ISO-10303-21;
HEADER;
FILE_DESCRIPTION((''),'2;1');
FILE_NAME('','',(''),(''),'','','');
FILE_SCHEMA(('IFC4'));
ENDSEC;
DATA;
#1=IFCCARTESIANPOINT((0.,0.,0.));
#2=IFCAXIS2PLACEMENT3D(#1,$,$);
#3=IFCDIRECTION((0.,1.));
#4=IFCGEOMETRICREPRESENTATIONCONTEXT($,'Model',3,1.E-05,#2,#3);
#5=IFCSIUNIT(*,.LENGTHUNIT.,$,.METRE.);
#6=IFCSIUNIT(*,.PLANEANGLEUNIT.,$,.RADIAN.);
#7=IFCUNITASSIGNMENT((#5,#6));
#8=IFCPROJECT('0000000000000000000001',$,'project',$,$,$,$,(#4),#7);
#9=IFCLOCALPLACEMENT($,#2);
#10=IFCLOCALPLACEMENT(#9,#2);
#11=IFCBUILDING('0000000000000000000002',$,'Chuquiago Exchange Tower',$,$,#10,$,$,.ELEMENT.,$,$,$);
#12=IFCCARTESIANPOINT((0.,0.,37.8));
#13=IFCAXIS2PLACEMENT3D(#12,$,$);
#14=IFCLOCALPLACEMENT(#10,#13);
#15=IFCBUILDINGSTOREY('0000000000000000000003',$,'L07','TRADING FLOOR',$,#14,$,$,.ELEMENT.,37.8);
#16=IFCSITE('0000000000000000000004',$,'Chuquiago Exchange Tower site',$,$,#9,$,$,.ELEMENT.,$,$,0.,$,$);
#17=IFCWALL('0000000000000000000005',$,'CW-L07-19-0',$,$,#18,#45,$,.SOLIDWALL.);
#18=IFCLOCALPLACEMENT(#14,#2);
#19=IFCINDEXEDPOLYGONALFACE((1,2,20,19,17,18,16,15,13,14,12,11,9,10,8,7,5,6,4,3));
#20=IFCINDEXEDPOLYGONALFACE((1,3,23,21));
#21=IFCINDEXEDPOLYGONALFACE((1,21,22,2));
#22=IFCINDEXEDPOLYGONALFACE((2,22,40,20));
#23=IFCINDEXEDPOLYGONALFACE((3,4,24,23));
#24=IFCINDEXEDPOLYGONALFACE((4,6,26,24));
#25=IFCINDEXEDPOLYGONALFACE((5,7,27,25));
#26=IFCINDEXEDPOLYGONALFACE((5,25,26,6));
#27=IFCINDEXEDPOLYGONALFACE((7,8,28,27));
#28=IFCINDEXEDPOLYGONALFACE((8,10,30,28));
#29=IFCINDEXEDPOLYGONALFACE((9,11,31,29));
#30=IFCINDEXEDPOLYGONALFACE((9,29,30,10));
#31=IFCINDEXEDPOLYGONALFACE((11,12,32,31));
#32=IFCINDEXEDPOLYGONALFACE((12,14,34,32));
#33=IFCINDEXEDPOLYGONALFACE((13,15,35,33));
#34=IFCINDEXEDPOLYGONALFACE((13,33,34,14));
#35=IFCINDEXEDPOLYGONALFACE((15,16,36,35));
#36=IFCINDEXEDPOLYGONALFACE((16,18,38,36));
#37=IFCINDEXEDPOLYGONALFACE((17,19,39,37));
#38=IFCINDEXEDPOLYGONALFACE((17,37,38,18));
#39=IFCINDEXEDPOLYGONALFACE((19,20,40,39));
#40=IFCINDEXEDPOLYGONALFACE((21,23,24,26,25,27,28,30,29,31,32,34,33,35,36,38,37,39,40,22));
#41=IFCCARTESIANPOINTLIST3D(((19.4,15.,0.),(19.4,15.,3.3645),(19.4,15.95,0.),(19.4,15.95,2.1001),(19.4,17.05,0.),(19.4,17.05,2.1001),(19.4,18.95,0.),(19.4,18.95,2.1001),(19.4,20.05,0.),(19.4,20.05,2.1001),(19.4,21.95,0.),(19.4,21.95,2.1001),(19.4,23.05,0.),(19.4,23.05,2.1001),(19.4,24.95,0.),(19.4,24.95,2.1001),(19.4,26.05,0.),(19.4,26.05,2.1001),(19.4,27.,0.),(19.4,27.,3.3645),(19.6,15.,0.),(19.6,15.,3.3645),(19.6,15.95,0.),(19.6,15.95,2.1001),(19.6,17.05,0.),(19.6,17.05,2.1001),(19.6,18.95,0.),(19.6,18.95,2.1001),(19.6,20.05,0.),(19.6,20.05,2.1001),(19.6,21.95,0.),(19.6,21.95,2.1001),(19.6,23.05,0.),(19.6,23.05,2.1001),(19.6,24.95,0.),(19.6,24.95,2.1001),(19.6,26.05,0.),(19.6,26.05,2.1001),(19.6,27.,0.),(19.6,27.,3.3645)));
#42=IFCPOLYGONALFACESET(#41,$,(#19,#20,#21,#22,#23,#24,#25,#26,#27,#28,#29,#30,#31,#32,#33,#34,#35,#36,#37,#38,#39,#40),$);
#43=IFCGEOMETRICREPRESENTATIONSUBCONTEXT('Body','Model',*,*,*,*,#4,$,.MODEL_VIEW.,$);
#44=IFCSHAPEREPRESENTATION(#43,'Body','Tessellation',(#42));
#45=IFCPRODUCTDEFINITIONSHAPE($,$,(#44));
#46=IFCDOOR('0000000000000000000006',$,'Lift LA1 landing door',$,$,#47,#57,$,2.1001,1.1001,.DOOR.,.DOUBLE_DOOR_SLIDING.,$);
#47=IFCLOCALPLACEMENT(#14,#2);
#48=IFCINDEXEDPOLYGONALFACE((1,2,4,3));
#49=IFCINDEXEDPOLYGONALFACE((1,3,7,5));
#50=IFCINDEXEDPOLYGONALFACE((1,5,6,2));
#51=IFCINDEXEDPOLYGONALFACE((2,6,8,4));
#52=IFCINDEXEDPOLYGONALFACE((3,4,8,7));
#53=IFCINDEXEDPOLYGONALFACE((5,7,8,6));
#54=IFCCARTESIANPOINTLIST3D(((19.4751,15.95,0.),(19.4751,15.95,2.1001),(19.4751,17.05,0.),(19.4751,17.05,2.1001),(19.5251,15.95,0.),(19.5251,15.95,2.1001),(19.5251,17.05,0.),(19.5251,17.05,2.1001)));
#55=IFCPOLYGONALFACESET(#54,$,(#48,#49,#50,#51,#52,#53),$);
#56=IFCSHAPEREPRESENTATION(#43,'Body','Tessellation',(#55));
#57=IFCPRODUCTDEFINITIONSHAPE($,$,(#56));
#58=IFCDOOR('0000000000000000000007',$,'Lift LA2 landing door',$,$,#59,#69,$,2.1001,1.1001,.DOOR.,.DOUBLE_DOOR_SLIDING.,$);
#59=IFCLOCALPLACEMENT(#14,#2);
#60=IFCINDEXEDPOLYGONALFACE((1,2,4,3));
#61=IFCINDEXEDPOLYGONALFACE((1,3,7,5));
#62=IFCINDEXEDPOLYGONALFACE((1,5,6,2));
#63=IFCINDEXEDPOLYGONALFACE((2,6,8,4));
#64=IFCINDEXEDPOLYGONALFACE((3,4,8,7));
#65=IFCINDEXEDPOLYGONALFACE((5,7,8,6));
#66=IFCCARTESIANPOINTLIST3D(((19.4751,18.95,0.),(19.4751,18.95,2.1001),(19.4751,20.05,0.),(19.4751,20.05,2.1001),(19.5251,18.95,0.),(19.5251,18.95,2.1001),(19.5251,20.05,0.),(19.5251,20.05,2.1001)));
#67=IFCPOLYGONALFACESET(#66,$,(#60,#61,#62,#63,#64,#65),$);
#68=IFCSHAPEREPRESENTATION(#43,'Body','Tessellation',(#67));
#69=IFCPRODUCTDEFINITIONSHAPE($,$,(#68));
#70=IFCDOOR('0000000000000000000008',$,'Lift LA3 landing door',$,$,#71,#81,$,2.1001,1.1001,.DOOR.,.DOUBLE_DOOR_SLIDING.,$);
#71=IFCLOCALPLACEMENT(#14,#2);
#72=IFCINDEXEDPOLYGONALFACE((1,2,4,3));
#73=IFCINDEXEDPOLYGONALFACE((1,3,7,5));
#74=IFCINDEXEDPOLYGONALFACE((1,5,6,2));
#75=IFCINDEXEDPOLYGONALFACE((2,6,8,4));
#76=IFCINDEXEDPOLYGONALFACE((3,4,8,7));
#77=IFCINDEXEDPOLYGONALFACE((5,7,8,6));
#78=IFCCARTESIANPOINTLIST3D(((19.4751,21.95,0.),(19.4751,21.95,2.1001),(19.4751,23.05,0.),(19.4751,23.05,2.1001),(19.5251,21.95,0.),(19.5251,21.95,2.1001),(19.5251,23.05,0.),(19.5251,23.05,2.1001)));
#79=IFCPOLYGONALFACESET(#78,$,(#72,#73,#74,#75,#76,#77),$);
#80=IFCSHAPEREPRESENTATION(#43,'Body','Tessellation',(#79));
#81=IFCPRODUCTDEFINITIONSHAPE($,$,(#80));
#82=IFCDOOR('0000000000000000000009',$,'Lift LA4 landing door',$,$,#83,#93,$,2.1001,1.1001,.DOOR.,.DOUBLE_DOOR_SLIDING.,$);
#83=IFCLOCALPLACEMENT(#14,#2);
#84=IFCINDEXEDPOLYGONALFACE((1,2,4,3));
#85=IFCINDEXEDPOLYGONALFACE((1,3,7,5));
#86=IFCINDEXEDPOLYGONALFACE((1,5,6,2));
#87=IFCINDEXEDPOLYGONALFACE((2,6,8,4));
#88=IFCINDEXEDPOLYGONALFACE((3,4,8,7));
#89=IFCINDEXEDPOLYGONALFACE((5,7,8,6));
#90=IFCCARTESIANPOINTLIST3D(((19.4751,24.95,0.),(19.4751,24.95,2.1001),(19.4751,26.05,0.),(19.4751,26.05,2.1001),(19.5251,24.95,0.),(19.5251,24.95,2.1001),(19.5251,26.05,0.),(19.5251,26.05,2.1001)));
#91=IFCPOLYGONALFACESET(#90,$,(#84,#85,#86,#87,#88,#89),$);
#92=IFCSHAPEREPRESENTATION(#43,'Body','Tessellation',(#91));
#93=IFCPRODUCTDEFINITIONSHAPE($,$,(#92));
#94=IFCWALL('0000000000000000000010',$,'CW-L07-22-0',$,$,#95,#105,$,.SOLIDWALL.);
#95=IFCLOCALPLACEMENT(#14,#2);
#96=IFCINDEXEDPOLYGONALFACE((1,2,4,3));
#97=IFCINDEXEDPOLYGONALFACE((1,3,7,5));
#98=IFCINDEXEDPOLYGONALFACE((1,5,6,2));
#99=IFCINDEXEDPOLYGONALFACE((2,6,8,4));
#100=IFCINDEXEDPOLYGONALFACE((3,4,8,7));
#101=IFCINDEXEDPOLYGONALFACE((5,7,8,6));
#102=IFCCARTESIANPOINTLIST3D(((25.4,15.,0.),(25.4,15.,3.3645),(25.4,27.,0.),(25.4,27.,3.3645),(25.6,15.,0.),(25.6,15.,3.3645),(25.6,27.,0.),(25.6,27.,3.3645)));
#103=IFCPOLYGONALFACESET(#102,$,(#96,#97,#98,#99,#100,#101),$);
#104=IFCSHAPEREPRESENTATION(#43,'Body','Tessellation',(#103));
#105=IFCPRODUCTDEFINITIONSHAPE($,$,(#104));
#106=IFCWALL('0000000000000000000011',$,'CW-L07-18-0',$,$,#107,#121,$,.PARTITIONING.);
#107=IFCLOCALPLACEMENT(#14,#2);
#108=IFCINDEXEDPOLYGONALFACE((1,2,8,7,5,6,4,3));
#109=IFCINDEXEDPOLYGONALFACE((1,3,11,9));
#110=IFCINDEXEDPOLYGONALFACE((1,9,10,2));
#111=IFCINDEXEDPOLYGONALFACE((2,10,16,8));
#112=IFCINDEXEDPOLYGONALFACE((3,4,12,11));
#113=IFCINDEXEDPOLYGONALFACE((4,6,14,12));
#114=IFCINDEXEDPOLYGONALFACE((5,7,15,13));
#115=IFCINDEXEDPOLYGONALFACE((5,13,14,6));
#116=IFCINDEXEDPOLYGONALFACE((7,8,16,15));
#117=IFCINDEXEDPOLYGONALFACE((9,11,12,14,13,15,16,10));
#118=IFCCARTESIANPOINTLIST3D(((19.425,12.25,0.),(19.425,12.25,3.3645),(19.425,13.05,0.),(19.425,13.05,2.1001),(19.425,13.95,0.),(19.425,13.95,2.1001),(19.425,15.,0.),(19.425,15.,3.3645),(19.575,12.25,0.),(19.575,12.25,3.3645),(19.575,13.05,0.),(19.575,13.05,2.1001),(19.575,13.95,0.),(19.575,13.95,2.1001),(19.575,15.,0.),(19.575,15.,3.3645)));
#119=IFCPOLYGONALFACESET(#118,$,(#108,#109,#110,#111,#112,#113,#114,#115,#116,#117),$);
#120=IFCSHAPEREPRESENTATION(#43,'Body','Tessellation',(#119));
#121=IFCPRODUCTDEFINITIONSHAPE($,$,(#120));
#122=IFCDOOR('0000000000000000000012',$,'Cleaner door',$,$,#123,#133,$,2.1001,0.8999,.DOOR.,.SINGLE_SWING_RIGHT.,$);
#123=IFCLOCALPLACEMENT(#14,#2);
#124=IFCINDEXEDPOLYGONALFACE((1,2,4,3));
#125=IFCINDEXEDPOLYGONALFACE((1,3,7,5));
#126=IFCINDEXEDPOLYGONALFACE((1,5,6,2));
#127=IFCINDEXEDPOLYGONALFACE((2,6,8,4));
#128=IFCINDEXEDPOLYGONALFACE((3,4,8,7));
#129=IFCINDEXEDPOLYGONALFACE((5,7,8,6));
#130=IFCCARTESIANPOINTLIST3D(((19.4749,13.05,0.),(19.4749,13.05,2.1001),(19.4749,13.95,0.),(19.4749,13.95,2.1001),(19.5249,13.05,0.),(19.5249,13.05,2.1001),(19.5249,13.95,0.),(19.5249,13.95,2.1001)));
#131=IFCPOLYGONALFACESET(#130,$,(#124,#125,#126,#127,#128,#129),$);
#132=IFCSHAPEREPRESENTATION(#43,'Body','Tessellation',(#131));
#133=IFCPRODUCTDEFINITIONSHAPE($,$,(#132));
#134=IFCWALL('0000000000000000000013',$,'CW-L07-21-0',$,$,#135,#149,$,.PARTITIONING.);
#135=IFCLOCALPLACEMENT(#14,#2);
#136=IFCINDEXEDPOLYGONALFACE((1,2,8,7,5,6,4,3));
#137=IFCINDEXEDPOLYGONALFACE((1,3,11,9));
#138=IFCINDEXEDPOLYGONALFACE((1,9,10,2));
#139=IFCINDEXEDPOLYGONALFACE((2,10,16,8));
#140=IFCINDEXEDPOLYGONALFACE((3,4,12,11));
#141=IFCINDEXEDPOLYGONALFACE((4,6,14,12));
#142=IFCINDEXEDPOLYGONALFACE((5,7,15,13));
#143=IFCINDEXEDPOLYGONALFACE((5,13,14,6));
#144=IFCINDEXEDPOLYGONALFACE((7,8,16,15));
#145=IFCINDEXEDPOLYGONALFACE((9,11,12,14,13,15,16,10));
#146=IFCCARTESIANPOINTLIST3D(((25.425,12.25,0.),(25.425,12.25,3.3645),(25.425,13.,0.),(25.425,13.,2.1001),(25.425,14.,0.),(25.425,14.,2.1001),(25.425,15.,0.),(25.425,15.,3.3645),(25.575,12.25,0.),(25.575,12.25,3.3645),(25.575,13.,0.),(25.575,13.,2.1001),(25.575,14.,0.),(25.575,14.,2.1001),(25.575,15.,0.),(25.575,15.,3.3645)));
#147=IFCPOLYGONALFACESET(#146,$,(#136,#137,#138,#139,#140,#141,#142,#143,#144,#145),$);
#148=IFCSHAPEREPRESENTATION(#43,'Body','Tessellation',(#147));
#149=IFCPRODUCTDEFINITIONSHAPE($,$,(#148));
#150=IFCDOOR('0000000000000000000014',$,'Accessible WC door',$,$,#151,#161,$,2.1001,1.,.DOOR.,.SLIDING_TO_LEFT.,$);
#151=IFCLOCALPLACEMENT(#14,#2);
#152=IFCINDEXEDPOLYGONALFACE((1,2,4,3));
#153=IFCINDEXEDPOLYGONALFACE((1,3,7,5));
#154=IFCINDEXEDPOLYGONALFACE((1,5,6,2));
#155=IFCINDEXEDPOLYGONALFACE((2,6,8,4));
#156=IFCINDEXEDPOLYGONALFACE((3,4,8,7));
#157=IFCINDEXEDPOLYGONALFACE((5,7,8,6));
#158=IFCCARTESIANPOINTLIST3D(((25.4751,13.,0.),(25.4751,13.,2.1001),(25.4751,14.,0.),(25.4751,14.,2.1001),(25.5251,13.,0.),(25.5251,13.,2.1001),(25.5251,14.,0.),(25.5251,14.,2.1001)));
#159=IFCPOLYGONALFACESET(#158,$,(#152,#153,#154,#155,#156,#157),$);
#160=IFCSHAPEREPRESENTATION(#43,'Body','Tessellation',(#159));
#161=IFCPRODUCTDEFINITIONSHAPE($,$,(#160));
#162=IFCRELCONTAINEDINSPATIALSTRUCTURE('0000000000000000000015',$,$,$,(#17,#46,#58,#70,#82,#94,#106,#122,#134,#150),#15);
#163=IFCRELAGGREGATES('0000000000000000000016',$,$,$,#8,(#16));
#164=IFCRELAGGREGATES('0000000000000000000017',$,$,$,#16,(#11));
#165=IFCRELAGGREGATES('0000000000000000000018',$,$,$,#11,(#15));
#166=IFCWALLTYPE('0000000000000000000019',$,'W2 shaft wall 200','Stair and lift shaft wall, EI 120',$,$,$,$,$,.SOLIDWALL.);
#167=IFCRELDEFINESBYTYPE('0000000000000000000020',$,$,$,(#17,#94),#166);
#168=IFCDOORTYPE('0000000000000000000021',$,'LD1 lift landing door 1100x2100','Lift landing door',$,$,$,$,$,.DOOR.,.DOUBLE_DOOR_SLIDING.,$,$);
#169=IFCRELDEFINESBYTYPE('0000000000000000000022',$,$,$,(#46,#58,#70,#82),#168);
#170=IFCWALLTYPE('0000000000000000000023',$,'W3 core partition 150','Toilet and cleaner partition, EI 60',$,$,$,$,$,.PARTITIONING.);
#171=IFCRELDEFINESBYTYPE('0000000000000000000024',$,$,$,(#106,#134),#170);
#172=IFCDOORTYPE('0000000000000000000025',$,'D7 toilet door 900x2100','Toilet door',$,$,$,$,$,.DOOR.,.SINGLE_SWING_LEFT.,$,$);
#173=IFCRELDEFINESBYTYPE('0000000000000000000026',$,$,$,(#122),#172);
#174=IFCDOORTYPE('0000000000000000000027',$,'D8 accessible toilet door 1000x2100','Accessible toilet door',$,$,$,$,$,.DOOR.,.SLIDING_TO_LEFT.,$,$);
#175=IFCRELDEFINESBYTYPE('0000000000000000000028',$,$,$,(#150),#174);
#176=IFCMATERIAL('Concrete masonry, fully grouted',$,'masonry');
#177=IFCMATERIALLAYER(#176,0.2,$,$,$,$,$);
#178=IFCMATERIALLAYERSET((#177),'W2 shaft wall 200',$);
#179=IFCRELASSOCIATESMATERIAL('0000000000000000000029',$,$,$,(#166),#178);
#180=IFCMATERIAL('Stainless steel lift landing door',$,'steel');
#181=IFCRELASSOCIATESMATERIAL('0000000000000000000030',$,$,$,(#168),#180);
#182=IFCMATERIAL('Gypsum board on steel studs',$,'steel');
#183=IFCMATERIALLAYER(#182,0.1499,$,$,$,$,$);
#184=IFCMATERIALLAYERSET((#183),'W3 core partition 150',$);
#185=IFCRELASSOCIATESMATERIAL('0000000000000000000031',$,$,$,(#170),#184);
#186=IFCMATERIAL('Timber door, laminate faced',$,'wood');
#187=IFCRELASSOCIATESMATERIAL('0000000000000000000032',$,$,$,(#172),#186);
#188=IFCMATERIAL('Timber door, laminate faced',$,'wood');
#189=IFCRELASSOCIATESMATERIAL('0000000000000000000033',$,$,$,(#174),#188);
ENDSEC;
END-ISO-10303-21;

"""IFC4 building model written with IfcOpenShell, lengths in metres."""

from ifc_helpers import new_model, si_unit, direction, frame, frame_2d, origin, place, context, subcontext, project, spatial, rectangle, extrude, material, layer, layer_set, type_object, element, fill, save


model = new_model("IFC4")

# Units and contexts
model_context = context("Model", 3, precision=1e-05, world=origin(), true_north=direction((0.0, 1.0)))
body_context = subcontext(model_context, "Body", "Model", "MODEL_VIEW")
ifc_project = project(units=[si_unit("LENGTHUNIT", "METRE"), si_unit("PLANEANGLEUNIT", "RADIAN")], contexts=[model_context])

# Site, building, storey
site_placement = place(None, origin())
site = spatial("IfcSite", under=ifc_project, at=site_placement, Name="Chuquiago Exchange Tower site", CompositionType="ELEMENT", RefElevation=0.0)
building_placement = place(site_placement, origin())
building = spatial("IfcBuilding", under=site, at=building_placement, Name="Chuquiago Exchange Tower", CompositionType="ELEMENT")
storey_placement = place(building_placement, frame((0.0, 0.0, 37.8)))
storey = spatial("IfcBuildingStorey", under=building, at=storey_placement, Name="L07", Description="TRADING FLOOR", CompositionType="ELEMENT", Elevation=37.8)

# Shared definitions
ifc_material_1 = material(Name="Concrete masonry, fully grouted", Category="masonry")
ifc_layer_1 = layer(ifc_material_1, 0.2)
ifc_layer_set_1 = layer_set([ifc_layer_1], Name="W2 shaft wall 200")
wall_type_1 = type_object("IfcWallType", Name="W2 shaft wall 200", Description="Stair and lift shaft wall, EI 120", PredefinedType="SOLIDWALL", material=ifc_layer_set_1)

# Wall, openings, doors
wall_1_placement = place(storey_placement, frame((19.5, 15.0, 0.0), z_axis=(0.0, 0.0, 1.0), x_axis=(0.0, 1.0, 0.0)))
wall_1 = element("IfcWall", 1, at=wall_1_placement, inside=storey, type_object=wall_type_1, Name="CW-L07-19-0", PredefinedType="SOLIDWALL", context=body_context, shape_type="SweptSolid", body=[
    extrude(rectangle(XDim=12.0, YDim=0.2, at=frame_2d((6.0, 0.0))), origin(), (0.0, 0.0, 1.0), 3.3645),
])
opening_1_placement = place(wall_1_placement, frame((0.95, 0.0, 0.0)))
opening_1 = element("IfcOpeningElement", 2, at=opening_1_placement, cuts=wall_1, PredefinedType="OPENING", context=body_context, shape_type="SweptSolid", body=[
    extrude(rectangle(XDim=1.1001, YDim=2.1001, at=frame_2d((0.55, 1.05))), frame((0.0, 0.1099, 0.0), z_axis=(0.0, -1.0, 0.0), x_axis=(1.0, 0.0, 0.0)), (0.0, 0.0, 1.0), 0.22),
])
opening_2_placement = place(wall_1_placement, frame((3.95, 0.0, 0.0)))
opening_2 = element("IfcOpeningElement", 3, at=opening_2_placement, cuts=wall_1, PredefinedType="OPENING", context=body_context, shape_type="SweptSolid", body=[
    extrude(rectangle(XDim=1.1001, YDim=2.1001, at=frame_2d((0.55, 1.05))), frame((0.0, 0.1099, 0.0), z_axis=(0.0, -1.0, 0.0), x_axis=(1.0, 0.0, 0.0)), (0.0, 0.0, 1.0), 0.22),
])
opening_3_placement = place(wall_1_placement, frame((6.95, 0.0, 0.0)))
opening_3 = element("IfcOpeningElement", 4, at=opening_3_placement, cuts=wall_1, PredefinedType="OPENING", context=body_context, shape_type="SweptSolid", body=[
    extrude(rectangle(XDim=1.1001, YDim=2.1001, at=frame_2d((0.55, 1.05))), frame((0.0, 0.1099, 0.0), z_axis=(0.0, -1.0, 0.0), x_axis=(1.0, 0.0, 0.0)), (0.0, 0.0, 1.0), 0.22),
])
opening_4_placement = place(wall_1_placement, frame((9.95, 0.0, 0.0)))
opening_4 = element("IfcOpeningElement", 5, at=opening_4_placement, cuts=wall_1, PredefinedType="OPENING", context=body_context, shape_type="SweptSolid", body=[
    extrude(rectangle(XDim=1.1001, YDim=2.1001, at=frame_2d((0.55, 1.05))), frame((0.0, 0.1099, 0.0), z_axis=(0.0, -1.0, 0.0), x_axis=(1.0, 0.0, 0.0)), (0.0, 0.0, 1.0), 0.22),
])
ifc_material_2 = material(Name="Stainless steel lift landing door", Category="steel")
door_type_1 = type_object("IfcDoorType", Name="LD1 lift landing door 1100x2100", Description="Lift landing door", OperationType="DOUBLE_DOOR_SLIDING", PredefinedType="DOOR", material=ifc_material_2)
door_1_placement = place(opening_1_placement, origin())
door_1 = element("IfcDoor", 6, at=door_1_placement, inside=storey, type_object=door_type_1, Name="Lift LA1 landing door", OperationType="DOUBLE_DOOR_SLIDING", OverallHeight=2.1001, OverallWidth=1.1001, PredefinedType="DOOR", context=body_context, shape_type="SweptSolid", body=[
    extrude(rectangle(XDim=1.1001, YDim=2.1001, at=frame_2d((0.55, 1.05))), frame((0.0, 0.0249, 0.0), z_axis=(0.0, -1.0, 0.0), x_axis=(1.0, 0.0, 0.0)), (0.0, 0.0, 1.0), 0.05),
])
fill(opening_1, door_1)
door_2_placement = place(opening_2_placement, origin())
door_2 = element("IfcDoor", 7, at=door_2_placement, inside=storey, type_object=door_type_1, Name="Lift LA2 landing door", OperationType="DOUBLE_DOOR_SLIDING", OverallHeight=2.1001, OverallWidth=1.1001, PredefinedType="DOOR", context=body_context, shape_type="SweptSolid", body=[
    extrude(rectangle(XDim=1.1001, YDim=2.1001, at=frame_2d((0.55, 1.05))), frame((0.0, 0.0249, 0.0), z_axis=(0.0, -1.0, 0.0), x_axis=(1.0, 0.0, 0.0)), (0.0, 0.0, 1.0), 0.05),
])
fill(opening_2, door_2)
door_3_placement = place(opening_3_placement, origin())
door_3 = element("IfcDoor", 8, at=door_3_placement, inside=storey, type_object=door_type_1, Name="Lift LA3 landing door", OperationType="DOUBLE_DOOR_SLIDING", OverallHeight=2.1001, OverallWidth=1.1001, PredefinedType="DOOR", context=body_context, shape_type="SweptSolid", body=[
    extrude(rectangle(XDim=1.1001, YDim=2.1001, at=frame_2d((0.55, 1.05))), frame((0.0, 0.0249, 0.0), z_axis=(0.0, -1.0, 0.0), x_axis=(1.0, 0.0, 0.0)), (0.0, 0.0, 1.0), 0.05),
])
fill(opening_3, door_3)
door_4_placement = place(opening_4_placement, origin())
door_4 = element("IfcDoor", 9, at=door_4_placement, inside=storey, type_object=door_type_1, Name="Lift LA4 landing door", OperationType="DOUBLE_DOOR_SLIDING", OverallHeight=2.1001, OverallWidth=1.1001, PredefinedType="DOOR", context=body_context, shape_type="SweptSolid", body=[
    extrude(rectangle(XDim=1.1001, YDim=2.1001, at=frame_2d((0.55, 1.05))), frame((0.0, 0.0249, 0.0), z_axis=(0.0, -1.0, 0.0), x_axis=(1.0, 0.0, 0.0)), (0.0, 0.0, 1.0), 0.05),
])
fill(opening_4, door_4)

# Wall
wall_2_placement = place(storey_placement, frame((25.5, 15.0, 0.0), z_axis=(0.0, 0.0, 1.0), x_axis=(0.0, 1.0, 0.0)))
element("IfcWall", 10, at=wall_2_placement, inside=storey, type_object=wall_type_1, Name="CW-L07-22-0", PredefinedType="SOLIDWALL", context=body_context, shape_type="SweptSolid", body=[
    extrude(rectangle(XDim=12.0, YDim=0.2, at=frame_2d((6.0, 0.0))), origin(), (0.0, 0.0, 1.0), 3.3645),
])

# Walls, openings, doors
ifc_material_3 = material(Name="Gypsum board on steel studs", Category="steel")
ifc_layer_2 = layer(ifc_material_3, 0.1499)
ifc_layer_set_2 = layer_set([ifc_layer_2], Name="W3 core partition 150")
wall_type_2 = type_object("IfcWallType", Name="W3 core partition 150", Description="Toilet and cleaner partition, EI 60", PredefinedType="PARTITIONING", material=ifc_layer_set_2)
wall_3_placement = place(storey_placement, frame((19.5, 12.25, 0.0), z_axis=(0.0, 0.0, 1.0), x_axis=(0.0, 1.0, 0.0)))
wall_3 = element("IfcWall", 11, at=wall_3_placement, inside=storey, type_object=wall_type_2, Name="CW-L07-18-0", PredefinedType="PARTITIONING", context=body_context, shape_type="SweptSolid", body=[
    extrude(rectangle(XDim=2.75, YDim=0.1499, at=frame_2d((1.375, 0.0))), origin(), (0.0, 0.0, 1.0), 3.3645),
])
opening_5_placement = place(wall_3_placement, frame((0.8, 0.0, 0.0)))
opening_5 = element("IfcOpeningElement", 12, at=opening_5_placement, cuts=wall_3, PredefinedType="OPENING", context=body_context, shape_type="SweptSolid", body=[
    extrude(rectangle(XDim=0.8999, YDim=2.1001, at=frame_2d((0.45, 1.05))), frame((0.0, 0.085, 0.0), z_axis=(0.0, -1.0, 0.0), x_axis=(1.0, 0.0, 0.0)), (0.0, 0.0, 1.0), 0.1699),
])
ifc_material_4 = material(Name="Timber door, laminate faced", Category="wood")
door_type_2 = type_object("IfcDoorType", Name="D7 toilet door 900x2100", Description="Toilet door", OperationType="SINGLE_SWING_LEFT", PredefinedType="DOOR", material=ifc_material_4)
door_5_placement = place(opening_5_placement, frame((0.8999, 0.0, 0.0), z_axis=(0.0, 0.0, 1.0), x_axis=(-1.0, 0.0, 0.0)))
door_5 = element("IfcDoor", 13, at=door_5_placement, inside=storey, type_object=door_type_2, Name="Cleaner door", OperationType="SINGLE_SWING_RIGHT", OverallHeight=2.1001, OverallWidth=0.8999, PredefinedType="DOOR", context=body_context, shape_type="SweptSolid", body=[
    extrude(rectangle(XDim=0.8999, YDim=2.1001, at=frame_2d((0.45, 1.05))), frame((0.0, 0.0249, 0.0), z_axis=(0.0, -1.0, 0.0), x_axis=(1.0, 0.0, 0.0)), (0.0, 0.0, 1.0), 0.05),
])
fill(opening_5, door_5)
wall_4_placement = place(storey_placement, frame((25.5, 12.25, 0.0), z_axis=(0.0, 0.0, 1.0), x_axis=(0.0, 1.0, 0.0)))
wall_4 = element("IfcWall", 14, at=wall_4_placement, inside=storey, type_object=wall_type_2, Name="CW-L07-21-0", PredefinedType="PARTITIONING", context=body_context, shape_type="SweptSolid", body=[
    extrude(rectangle(XDim=2.75, YDim=0.1499, at=frame_2d((1.375, 0.0))), origin(), (0.0, 0.0, 1.0), 3.3645),
])
opening_6_placement = place(wall_4_placement, frame((0.75, 0.0, 0.0)))
opening_6 = element("IfcOpeningElement", 15, at=opening_6_placement, cuts=wall_4, PredefinedType="OPENING", context=body_context, shape_type="SweptSolid", body=[
    extrude(rectangle(XDim=1.0, YDim=2.1001, at=frame_2d((0.5, 1.05))), frame((0.0, 0.085, 0.0), z_axis=(0.0, -1.0, 0.0), x_axis=(1.0, 0.0, 0.0)), (0.0, 0.0, 1.0), 0.1699),
])
ifc_material_5 = material(Name="Timber door, laminate faced", Category="wood")
door_type_3 = type_object("IfcDoorType", Name="D8 accessible toilet door 1000x2100", Description="Accessible toilet door", OperationType="SLIDING_TO_LEFT", PredefinedType="DOOR", material=ifc_material_5)
door_6_placement = place(opening_6_placement, origin())
door_6 = element("IfcDoor", 16, at=door_6_placement, inside=storey, type_object=door_type_3, Name="Accessible WC door", OperationType="SLIDING_TO_LEFT", OverallHeight=2.1001, OverallWidth=1.0, PredefinedType="DOOR", context=body_context, shape_type="SweptSolid", body=[
    extrude(rectangle(XDim=1.0, YDim=2.1001, at=frame_2d((0.5, 1.05))), frame((0.0, 0.0249, 0.0), z_axis=(0.0, -1.0, 0.0), x_axis=(1.0, 0.0, 0.0)), (0.0, 0.0, 1.0), 0.05),
])
fill(opening_6, door_6)

save(model, "model.ifc")
